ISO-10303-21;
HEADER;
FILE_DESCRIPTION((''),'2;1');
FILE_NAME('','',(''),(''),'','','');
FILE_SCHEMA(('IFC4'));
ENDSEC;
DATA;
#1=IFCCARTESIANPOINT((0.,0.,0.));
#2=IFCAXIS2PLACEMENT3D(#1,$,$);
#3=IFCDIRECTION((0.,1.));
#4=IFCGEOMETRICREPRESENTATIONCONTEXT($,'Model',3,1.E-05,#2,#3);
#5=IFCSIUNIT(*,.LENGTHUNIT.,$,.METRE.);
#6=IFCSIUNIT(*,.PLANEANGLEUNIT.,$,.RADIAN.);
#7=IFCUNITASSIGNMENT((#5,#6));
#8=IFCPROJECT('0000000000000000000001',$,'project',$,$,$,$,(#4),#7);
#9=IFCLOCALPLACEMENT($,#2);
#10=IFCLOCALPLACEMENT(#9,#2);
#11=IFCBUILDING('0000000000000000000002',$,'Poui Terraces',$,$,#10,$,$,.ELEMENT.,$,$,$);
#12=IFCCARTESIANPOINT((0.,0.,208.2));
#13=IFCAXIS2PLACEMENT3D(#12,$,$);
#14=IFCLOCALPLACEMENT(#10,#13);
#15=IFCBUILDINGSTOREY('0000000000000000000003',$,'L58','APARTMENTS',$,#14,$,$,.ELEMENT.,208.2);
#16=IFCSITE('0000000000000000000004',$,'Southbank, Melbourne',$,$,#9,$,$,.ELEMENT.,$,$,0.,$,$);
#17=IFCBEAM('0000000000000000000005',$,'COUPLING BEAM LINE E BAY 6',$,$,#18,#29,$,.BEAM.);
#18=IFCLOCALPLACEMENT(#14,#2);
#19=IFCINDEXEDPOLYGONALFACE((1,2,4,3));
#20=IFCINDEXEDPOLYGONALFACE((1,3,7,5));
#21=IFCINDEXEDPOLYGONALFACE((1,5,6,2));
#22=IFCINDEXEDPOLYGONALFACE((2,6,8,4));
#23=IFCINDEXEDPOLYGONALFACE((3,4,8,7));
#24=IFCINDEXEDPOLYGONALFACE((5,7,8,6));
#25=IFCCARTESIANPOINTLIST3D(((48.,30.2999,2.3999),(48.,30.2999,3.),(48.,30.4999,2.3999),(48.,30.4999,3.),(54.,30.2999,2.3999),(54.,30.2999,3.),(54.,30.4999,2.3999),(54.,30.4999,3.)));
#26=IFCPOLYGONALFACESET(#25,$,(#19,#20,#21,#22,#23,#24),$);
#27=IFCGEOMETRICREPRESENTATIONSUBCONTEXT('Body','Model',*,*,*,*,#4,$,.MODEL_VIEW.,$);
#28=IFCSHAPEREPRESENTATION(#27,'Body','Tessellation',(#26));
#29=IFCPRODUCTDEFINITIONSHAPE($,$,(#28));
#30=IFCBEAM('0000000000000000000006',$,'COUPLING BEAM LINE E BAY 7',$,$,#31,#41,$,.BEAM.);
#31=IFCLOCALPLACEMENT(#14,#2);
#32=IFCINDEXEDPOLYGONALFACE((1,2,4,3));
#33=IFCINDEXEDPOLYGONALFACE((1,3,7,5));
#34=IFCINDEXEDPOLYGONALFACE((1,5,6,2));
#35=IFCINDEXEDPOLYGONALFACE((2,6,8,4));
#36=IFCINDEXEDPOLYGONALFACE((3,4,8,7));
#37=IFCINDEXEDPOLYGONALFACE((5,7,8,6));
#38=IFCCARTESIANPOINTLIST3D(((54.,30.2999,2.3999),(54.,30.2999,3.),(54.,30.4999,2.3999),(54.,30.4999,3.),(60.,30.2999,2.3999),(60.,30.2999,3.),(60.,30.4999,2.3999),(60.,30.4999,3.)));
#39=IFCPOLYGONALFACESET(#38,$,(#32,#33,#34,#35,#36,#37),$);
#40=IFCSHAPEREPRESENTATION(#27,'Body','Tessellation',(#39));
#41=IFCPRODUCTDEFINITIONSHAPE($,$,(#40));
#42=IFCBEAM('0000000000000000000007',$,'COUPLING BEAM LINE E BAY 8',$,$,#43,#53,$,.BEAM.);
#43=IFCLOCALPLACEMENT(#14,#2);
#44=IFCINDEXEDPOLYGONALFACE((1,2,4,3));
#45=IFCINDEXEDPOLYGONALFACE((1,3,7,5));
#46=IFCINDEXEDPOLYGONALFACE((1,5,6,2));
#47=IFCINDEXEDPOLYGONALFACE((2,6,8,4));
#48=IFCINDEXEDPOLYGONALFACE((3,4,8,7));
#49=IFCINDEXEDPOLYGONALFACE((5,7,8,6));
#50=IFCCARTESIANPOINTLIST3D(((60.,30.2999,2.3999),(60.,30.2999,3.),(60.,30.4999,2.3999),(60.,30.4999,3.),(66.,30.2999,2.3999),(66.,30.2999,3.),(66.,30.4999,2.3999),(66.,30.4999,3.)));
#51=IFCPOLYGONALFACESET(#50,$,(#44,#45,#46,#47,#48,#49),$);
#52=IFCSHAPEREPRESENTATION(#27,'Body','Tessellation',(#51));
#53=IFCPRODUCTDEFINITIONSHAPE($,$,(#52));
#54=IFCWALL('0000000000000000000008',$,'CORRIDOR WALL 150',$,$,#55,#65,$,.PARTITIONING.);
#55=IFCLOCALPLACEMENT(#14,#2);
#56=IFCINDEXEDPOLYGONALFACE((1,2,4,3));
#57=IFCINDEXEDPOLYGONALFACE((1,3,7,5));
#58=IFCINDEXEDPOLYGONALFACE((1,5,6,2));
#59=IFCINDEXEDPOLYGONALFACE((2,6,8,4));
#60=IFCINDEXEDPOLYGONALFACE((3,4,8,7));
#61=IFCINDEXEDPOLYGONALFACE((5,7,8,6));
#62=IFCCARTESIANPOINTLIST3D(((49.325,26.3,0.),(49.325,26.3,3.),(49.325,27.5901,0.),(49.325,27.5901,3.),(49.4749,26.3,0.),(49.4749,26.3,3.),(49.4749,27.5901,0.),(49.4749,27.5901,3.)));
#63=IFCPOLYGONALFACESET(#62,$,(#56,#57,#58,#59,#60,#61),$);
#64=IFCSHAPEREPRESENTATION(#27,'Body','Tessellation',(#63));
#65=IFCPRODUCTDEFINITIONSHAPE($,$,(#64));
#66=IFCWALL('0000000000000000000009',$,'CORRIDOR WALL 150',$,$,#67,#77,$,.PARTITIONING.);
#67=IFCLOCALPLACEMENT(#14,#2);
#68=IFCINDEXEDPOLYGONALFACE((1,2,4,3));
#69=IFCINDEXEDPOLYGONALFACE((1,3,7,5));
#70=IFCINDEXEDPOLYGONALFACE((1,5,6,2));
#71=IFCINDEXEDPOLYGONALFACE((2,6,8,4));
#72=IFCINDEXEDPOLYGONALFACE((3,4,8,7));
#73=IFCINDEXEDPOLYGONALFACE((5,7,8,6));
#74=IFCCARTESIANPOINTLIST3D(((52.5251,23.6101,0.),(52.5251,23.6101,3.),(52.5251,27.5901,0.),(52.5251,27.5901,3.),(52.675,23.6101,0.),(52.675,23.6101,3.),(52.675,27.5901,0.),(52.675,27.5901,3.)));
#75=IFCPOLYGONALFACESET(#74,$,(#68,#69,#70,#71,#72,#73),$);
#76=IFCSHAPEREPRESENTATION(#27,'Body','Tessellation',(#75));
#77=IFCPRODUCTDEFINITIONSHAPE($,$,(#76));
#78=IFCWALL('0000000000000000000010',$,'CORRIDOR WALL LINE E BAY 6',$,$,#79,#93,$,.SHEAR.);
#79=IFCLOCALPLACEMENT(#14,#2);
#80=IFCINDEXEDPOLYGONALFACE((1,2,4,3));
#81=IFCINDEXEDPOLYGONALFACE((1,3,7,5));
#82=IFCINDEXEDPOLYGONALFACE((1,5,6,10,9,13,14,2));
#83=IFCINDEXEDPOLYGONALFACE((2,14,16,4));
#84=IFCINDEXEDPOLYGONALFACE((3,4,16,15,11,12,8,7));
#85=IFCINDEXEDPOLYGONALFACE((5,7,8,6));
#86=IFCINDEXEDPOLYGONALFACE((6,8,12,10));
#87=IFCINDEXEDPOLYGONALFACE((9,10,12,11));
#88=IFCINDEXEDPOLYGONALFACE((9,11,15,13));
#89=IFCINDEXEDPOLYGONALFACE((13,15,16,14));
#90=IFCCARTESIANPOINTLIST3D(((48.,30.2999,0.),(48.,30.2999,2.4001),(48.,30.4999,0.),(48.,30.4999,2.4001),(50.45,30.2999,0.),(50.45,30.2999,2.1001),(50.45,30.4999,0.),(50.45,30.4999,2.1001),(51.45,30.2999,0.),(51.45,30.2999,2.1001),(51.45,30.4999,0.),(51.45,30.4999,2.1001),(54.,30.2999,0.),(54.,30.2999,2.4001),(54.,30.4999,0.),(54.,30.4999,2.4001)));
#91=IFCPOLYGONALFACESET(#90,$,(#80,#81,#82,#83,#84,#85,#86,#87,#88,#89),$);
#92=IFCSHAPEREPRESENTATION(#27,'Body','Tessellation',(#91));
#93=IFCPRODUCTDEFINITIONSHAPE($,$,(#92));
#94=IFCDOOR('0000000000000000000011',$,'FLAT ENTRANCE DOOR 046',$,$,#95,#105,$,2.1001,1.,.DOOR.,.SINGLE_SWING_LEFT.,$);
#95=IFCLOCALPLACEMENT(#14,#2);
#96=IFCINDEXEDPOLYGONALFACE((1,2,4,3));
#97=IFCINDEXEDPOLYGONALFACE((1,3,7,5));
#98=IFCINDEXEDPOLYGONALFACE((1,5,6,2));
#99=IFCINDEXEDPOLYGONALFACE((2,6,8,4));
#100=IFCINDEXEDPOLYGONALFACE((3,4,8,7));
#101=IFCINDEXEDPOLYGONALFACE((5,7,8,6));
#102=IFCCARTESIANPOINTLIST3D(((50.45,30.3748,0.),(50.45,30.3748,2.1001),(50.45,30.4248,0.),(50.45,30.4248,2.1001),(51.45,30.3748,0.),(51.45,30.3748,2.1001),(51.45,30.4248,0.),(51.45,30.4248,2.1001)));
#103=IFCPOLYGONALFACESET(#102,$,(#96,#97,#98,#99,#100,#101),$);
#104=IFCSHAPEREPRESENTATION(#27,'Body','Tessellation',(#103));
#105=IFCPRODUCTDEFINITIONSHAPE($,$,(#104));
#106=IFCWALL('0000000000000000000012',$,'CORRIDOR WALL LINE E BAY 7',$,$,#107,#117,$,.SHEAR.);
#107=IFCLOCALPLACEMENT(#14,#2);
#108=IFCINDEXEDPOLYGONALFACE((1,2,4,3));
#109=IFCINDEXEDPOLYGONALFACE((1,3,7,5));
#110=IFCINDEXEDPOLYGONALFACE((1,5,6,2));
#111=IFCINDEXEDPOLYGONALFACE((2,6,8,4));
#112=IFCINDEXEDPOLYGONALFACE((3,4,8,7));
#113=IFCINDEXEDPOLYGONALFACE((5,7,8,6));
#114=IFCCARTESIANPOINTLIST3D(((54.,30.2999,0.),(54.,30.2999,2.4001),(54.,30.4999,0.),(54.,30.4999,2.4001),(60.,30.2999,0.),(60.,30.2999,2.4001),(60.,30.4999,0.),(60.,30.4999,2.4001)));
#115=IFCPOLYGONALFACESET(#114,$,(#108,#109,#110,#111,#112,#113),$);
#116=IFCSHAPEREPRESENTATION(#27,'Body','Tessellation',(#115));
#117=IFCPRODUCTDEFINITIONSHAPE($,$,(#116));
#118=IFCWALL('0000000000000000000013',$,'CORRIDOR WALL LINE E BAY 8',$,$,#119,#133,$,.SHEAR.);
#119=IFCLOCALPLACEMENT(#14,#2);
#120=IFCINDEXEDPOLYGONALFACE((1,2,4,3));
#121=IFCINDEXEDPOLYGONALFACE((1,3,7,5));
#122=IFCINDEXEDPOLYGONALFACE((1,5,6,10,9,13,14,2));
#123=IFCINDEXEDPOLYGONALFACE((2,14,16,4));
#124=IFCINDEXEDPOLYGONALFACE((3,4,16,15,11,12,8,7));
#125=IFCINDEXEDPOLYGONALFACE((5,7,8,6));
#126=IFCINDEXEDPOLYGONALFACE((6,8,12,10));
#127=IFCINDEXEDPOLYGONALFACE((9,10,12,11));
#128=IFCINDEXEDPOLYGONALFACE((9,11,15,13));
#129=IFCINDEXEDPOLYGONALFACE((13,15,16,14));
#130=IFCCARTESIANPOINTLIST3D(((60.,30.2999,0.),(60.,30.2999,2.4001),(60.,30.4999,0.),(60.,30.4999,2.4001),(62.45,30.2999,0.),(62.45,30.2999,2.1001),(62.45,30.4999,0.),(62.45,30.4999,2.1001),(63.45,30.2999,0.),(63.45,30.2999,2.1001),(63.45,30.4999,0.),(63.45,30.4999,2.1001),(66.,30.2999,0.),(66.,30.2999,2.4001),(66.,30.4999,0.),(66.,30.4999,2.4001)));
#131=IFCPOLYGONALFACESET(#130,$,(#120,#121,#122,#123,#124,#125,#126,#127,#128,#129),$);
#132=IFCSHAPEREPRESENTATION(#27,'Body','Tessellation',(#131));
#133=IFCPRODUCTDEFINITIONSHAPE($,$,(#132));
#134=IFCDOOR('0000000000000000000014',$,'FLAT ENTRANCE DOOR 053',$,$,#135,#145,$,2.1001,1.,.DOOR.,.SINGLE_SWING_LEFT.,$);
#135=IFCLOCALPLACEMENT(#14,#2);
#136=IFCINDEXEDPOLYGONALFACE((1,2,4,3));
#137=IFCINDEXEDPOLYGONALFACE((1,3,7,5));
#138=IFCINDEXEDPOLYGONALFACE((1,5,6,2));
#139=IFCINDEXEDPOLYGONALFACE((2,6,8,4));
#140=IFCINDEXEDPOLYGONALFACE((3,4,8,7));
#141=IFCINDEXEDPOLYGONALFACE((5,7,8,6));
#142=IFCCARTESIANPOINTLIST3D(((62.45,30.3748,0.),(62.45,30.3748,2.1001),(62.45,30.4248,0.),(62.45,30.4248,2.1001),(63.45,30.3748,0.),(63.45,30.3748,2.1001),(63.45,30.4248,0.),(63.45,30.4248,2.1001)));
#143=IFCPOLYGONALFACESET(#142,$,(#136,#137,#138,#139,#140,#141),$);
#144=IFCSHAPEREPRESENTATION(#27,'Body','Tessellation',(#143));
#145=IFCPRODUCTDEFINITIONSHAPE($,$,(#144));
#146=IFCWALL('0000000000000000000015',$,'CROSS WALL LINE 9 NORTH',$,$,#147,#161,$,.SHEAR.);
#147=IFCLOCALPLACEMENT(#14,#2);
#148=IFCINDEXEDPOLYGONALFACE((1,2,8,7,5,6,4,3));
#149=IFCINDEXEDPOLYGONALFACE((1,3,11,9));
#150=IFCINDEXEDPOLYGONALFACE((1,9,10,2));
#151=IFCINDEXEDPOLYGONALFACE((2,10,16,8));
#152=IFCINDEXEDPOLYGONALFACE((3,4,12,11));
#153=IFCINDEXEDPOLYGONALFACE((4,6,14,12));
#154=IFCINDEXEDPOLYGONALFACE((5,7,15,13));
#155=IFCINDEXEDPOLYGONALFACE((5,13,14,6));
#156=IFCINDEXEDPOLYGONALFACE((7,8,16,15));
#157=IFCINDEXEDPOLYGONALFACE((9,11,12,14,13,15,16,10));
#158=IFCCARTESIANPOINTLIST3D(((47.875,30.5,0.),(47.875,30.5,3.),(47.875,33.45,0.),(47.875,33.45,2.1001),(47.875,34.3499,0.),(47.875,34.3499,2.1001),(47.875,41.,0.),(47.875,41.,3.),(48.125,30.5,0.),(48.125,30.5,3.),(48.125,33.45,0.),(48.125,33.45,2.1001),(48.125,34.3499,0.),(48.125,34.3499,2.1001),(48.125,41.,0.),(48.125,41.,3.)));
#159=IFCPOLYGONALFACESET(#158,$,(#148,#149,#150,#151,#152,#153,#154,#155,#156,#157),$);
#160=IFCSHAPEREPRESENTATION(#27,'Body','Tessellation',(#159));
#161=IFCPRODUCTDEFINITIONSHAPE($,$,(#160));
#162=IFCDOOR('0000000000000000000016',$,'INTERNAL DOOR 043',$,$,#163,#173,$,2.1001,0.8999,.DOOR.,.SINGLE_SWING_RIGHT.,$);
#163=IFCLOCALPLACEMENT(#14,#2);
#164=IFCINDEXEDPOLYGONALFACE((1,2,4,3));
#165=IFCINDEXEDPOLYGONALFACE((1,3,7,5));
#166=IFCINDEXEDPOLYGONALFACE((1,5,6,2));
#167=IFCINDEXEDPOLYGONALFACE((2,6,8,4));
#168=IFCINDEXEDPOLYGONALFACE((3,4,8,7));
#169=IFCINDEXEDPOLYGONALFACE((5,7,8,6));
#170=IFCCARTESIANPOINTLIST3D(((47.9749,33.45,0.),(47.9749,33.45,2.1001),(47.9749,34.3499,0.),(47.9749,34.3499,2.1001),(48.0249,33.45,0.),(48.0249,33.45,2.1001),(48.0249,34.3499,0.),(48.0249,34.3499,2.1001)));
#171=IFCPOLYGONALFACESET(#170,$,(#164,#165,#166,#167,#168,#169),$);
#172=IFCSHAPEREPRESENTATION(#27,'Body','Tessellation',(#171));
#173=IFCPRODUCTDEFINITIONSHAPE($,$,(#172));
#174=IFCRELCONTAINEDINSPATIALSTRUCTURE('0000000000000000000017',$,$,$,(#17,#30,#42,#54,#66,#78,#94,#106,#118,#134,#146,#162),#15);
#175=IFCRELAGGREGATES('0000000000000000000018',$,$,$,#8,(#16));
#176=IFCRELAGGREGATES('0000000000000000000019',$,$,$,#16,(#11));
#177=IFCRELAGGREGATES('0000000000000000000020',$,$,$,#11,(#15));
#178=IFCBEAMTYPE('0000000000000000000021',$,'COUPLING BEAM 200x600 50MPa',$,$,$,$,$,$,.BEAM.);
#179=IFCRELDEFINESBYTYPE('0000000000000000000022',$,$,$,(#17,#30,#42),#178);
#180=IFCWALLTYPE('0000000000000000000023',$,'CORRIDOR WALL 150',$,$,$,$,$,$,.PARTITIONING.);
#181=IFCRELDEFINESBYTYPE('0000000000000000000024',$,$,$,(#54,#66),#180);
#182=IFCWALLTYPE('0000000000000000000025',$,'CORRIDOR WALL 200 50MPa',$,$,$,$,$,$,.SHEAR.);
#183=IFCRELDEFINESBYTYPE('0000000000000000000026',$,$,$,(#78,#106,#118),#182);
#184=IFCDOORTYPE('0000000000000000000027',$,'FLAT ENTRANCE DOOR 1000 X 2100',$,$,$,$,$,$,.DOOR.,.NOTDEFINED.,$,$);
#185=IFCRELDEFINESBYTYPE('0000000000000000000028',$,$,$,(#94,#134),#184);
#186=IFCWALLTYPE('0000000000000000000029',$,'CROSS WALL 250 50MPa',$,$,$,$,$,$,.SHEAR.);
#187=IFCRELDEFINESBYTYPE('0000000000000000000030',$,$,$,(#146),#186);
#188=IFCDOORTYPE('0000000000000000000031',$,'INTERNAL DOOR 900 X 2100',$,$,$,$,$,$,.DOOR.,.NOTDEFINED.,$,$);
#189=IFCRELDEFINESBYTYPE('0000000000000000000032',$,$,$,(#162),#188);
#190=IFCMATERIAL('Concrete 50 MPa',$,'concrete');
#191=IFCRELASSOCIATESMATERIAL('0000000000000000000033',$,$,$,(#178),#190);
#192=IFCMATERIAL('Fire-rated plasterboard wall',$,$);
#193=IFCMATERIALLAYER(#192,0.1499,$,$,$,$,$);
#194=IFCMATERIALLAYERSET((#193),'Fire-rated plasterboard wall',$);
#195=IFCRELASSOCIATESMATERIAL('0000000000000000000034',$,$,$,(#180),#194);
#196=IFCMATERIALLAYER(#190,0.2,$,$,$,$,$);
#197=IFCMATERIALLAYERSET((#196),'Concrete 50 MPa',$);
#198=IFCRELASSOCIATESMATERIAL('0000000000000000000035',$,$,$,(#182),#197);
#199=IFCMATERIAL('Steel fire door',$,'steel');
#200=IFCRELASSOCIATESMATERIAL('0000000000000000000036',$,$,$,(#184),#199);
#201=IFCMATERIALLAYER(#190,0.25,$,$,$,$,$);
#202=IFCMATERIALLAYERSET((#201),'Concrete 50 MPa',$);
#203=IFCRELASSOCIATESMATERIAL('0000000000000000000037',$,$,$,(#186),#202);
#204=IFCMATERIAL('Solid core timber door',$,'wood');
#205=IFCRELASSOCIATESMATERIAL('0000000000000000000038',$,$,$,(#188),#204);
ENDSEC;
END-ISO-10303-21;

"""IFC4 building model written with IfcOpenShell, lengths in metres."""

from ifc_helpers import new_model, si_unit, direction, frame, frame_2d, origin, origin_2d, place, context, subcontext, project, spatial, rectangle, extrude, source, transform, mapped, material, layer, layer_set, material_profile, profile_set, type_object, element, fill, save


model = new_model("IFC4")

# Units and contexts
model_context = context("Model", 3, precision=1e-05, world=origin(), true_north=direction((0.0, 1.0)))
body_context = subcontext(model_context, "Body", "Model", "MODEL_VIEW")
ifc_project = project(units=[si_unit("LENGTHUNIT", "METRE"), si_unit("PLANEANGLEUNIT", "RADIAN")], contexts=[model_context])

# Site, building, storey
site_placement = place(None, origin())
site = spatial("IfcSite", under=ifc_project, at=site_placement, Name="Southbank, Melbourne", CompositionType="ELEMENT", RefElevation=0.0)
building_placement = place(site_placement, origin())
building = spatial("IfcBuilding", under=site, at=building_placement, Name="Poui Terraces", CompositionType="ELEMENT")
storey_placement = place(building_placement, frame((0.0, 0.0, 208.2)))
storey = spatial("IfcBuildingStorey", under=building, at=storey_placement, Name="L58", Description="APARTMENTS", CompositionType="ELEMENT", Elevation=208.2)

# Beams
ifc_material_1 = material(Name="Concrete 50 MPa", Category="concrete")
ifc_material_profile = material_profile(ifc_material_1, rectangle(XDim=0.2, YDim=0.6001, at=origin_2d()), Name="RC 200x600")
ifc_profile_set = profile_set([ifc_material_profile], Name="Concrete 50 MPa")
beam_type = type_object("IfcBeamType", Name="COUPLING BEAM 200x600 50MPa", PredefinedType="BEAM", material=ifc_profile_set)
shared_shape = source(origin(), body_context, "Body", "SweptSolid", [
    extrude(rectangle(XDim=0.2, YDim=0.6001, at=origin_2d()), origin(), (0.0, 0.0, 1.0), 6.0),
])
for number, where, z_axis, x_axis, name in (
    (1, (48.0, 30.3999, 2.7), (1.0, 0.0, 0.0), (0.0, 1.0, 0.0), "COUPLING BEAM LINE E BAY 6"),
    (2, (54.0, 30.3999, 2.7), (1.0, 0.0, 0.0), (0.0, 1.0, 0.0), "COUPLING BEAM LINE E BAY 7"),
    (3, (60.0, 30.3999, 2.7), (1.0, 0.0, 0.0), (0.0, 1.0, 0.0), "COUPLING BEAM LINE E BAY 8"),
):
    element("IfcBeam", number, at=place(storey_placement, frame(where, z_axis=z_axis, x_axis=x_axis)), inside=storey, type_object=beam_type, Name=name, PredefinedType="BEAM", context=body_context, shape_type="MappedRepresentation", body=[
        mapped(shared_shape, transform((0.0, 0.0, 0.0))),
    ])

# Walls
ifc_material_2 = material(Name="Fire-rated plasterboard wall")
ifc_layer_1 = layer(ifc_material_2, 0.1499)
ifc_layer_set_1 = layer_set([ifc_layer_1], Name="Fire-rated plasterboard wall")
wall_type_1 = type_object("IfcWallType", Name="CORRIDOR WALL 150", PredefinedType="PARTITIONING", material=ifc_layer_set_1)
wall_1_placement = place(storey_placement, frame((49.3999, 26.3, 0.0), z_axis=(0.0, 0.0, 1.0), x_axis=(0.0, 1.0, 0.0)))
element("IfcWall", 4, at=wall_1_placement, inside=storey, type_object=wall_type_1, Name="CORRIDOR WALL 150", PredefinedType="PARTITIONING", context=body_context, shape_type="SweptSolid", body=[
    extrude(rectangle(XDim=1.29, YDim=0.1499, at=frame_2d((0.645, 0.0))), origin(), (0.0, 0.0, 1.0), 3.0),
])
wall_2_placement = place(storey_placement, frame((52.6001, 23.6101, 0.0), z_axis=(0.0, 0.0, 1.0), x_axis=(0.0, 1.0, 0.0)))
element("IfcWall", 5, at=wall_2_placement, inside=storey, type_object=wall_type_1, Name="CORRIDOR WALL 150", PredefinedType="PARTITIONING", context=body_context, shape_type="SweptSolid", body=[
    extrude(rectangle(XDim=3.98, YDim=0.1499, at=frame_2d((1.99, 0.0))), origin(), (0.0, 0.0, 1.0), 3.0),
])

# Wall, opening, door
ifc_layer_2 = layer(ifc_material_1, 0.2)
ifc_layer_set_2 = layer_set([ifc_layer_2], Name="Concrete 50 MPa")
wall_type_2 = type_object("IfcWallType", Name="CORRIDOR WALL 200 50MPa", PredefinedType="SHEAR", material=ifc_layer_set_2)
wall_3_placement = place(storey_placement, frame((48.0, 30.3999, 0.0), z_axis=(0.0, 0.0, 1.0), x_axis=(1.0, 0.0, 0.0)))
wall_3 = element("IfcWall", 6, at=wall_3_placement, inside=storey, type_object=wall_type_2, Name="CORRIDOR WALL LINE E BAY 6", PredefinedType="SHEAR", context=body_context, shape_type="SweptSolid", body=[
    extrude(rectangle(XDim=6.0, YDim=0.2, at=frame_2d((3.0, 0.0))), origin(), (0.0, 0.0, 1.0), 2.4001),
])
opening_1_placement = place(wall_3_placement, frame((2.45, 0.0, 0.0)))
opening_1 = element("IfcOpeningElement", 7, at=opening_1_placement, cuts=wall_3, PredefinedType="OPENING", context=body_context, shape_type="SweptSolid", body=[
    extrude(rectangle(XDim=1.0, YDim=2.1001, at=frame_2d((0.5, 1.05))), frame((0.0, 0.1099, 0.0), z_axis=(0.0, -1.0, 0.0), x_axis=(1.0, 0.0, 0.0)), (0.0, 0.0, 1.0), 0.22),
])
ifc_material_3 = material(Name="Steel fire door", Category="steel")
door_type_1 = type_object("IfcDoorType", Name="FLAT ENTRANCE DOOR 1000 X 2100", OperationType="NOTDEFINED", PredefinedType="DOOR", material=ifc_material_3)
door_1_placement = place(opening_1_placement, origin())
door_1 = element("IfcDoor", 8, at=door_1_placement, inside=storey, type_object=door_type_1, Name="FLAT ENTRANCE DOOR 046", OperationType="SINGLE_SWING_LEFT", OverallHeight=2.1001, OverallWidth=1.0, PredefinedType="DOOR", context=body_context, shape_type="SweptSolid", body=[
    extrude(rectangle(XDim=1.0, YDim=2.1001, at=frame_2d((0.5, 1.05))), frame((0.0, 0.0249, 0.0), z_axis=(0.0, -1.0, 0.0), x_axis=(1.0, 0.0, 0.0)), (0.0, 0.0, 1.0), 0.05),
])
fill(opening_1, door_1)

# Wall
wall_4_placement = place(storey_placement, frame((54.0, 30.3999, 0.0), z_axis=(0.0, 0.0, 1.0), x_axis=(1.0, 0.0, 0.0)))
element("IfcWall", 9, at=wall_4_placement, inside=storey, type_object=wall_type_2, Name="CORRIDOR WALL LINE E BAY 7", PredefinedType="SHEAR", context=body_context, shape_type="SweptSolid", body=[
    extrude(rectangle(XDim=6.0, YDim=0.2, at=frame_2d((3.0, 0.0))), origin(), (0.0, 0.0, 1.0), 2.4001),
])

# Walls, openings, doors
wall_5_placement = place(storey_placement, frame((60.0, 30.3999, 0.0), z_axis=(0.0, 0.0, 1.0), x_axis=(1.0, 0.0, 0.0)))
wall_5 = element("IfcWall", 10, at=wall_5_placement, inside=storey, type_object=wall_type_2, Name="CORRIDOR WALL LINE E BAY 8", PredefinedType="SHEAR", context=body_context, shape_type="SweptSolid", body=[
    extrude(rectangle(XDim=6.0, YDim=0.2, at=frame_2d((3.0, 0.0))), origin(), (0.0, 0.0, 1.0), 2.4001),
])
opening_2_placement = place(wall_5_placement, frame((2.45, 0.0, 0.0)))
opening_2 = element("IfcOpeningElement", 11, at=opening_2_placement, cuts=wall_5, PredefinedType="OPENING", context=body_context, shape_type="SweptSolid", body=[
    extrude(rectangle(XDim=1.0, YDim=2.1001, at=frame_2d((0.5, 1.05))), frame((0.0, 0.1099, 0.0), z_axis=(0.0, -1.0, 0.0), x_axis=(1.0, 0.0, 0.0)), (0.0, 0.0, 1.0), 0.22),
])
door_2_placement = place(opening_2_placement, origin())
door_2 = element("IfcDoor", 12, at=door_2_placement, inside=storey, type_object=door_type_1, Name="FLAT ENTRANCE DOOR 053", OperationType="SINGLE_SWING_LEFT", OverallHeight=2.1001, OverallWidth=1.0, PredefinedType="DOOR", context=body_context, shape_type="SweptSolid", body=[
    extrude(rectangle(XDim=1.0, YDim=2.1001, at=frame_2d((0.5, 1.05))), frame((0.0, 0.0249, 0.0), z_axis=(0.0, -1.0, 0.0), x_axis=(1.0, 0.0, 0.0)), (0.0, 0.0, 1.0), 0.05),
])
fill(opening_2, door_2)
ifc_layer_3 = layer(ifc_material_1, 0.25)
ifc_layer_set_3 = layer_set([ifc_layer_3], Name="Concrete 50 MPa")
wall_type_3 = type_object("IfcWallType", Name="CROSS WALL 250 50MPa", PredefinedType="SHEAR", material=ifc_layer_set_3)
wall_6_placement = place(storey_placement, frame((48.0, 30.5, 0.0), z_axis=(0.0, 0.0, 1.0), x_axis=(0.0, 1.0, 0.0)))
wall_6 = element("IfcWall", 13, at=wall_6_placement, inside=storey, type_object=wall_type_3, Name="CROSS WALL LINE 9 NORTH", PredefinedType="SHEAR", context=body_context, shape_type="SweptSolid", body=[
    extrude(rectangle(XDim=10.5, YDim=0.25, at=frame_2d((5.25, 0.0))), origin(), (0.0, 0.0, 1.0), 3.0),
])
opening_3_placement = place(wall_6_placement, frame((2.95, 0.0, 0.0)))
opening_3 = element("IfcOpeningElement", 14, at=opening_3_placement, cuts=wall_6, PredefinedType="OPENING", context=body_context, shape_type="SweptSolid", body=[
    extrude(rectangle(XDim=0.8999, YDim=2.1001, at=frame_2d((0.45, 1.05))), frame((0.0, 0.135, 0.0), z_axis=(0.0, -1.0, 0.0), x_axis=(1.0, 0.0, 0.0)), (0.0, 0.0, 1.0), 0.27),
])
ifc_material_4 = material(Name="Solid core timber door", Category="wood")
door_type_2 = type_object("IfcDoorType", Name="INTERNAL DOOR 900 X 2100", OperationType="NOTDEFINED", PredefinedType="DOOR", material=ifc_material_4)
door_3_placement = place(opening_3_placement, frame((0.8999, 0.0, 0.0), z_axis=(0.0, 0.0, 1.0), x_axis=(-1.0, 0.0, 0.0)))
door_3 = element("IfcDoor", 15, at=door_3_placement, inside=storey, type_object=door_type_2, Name="INTERNAL DOOR 043", OperationType="SINGLE_SWING_RIGHT", OverallHeight=2.1001, OverallWidth=0.8999, PredefinedType="DOOR", context=body_context, shape_type="SweptSolid", body=[
    extrude(rectangle(XDim=0.8999, YDim=2.1001, at=frame_2d((0.45, 1.05))), frame((0.0, 0.0249, 0.0), z_axis=(0.0, -1.0, 0.0), x_axis=(1.0, 0.0, 0.0)), (0.0, 0.0, 1.0), 0.05),
])
fill(opening_3, door_3)

save(model, "model.ifc")
